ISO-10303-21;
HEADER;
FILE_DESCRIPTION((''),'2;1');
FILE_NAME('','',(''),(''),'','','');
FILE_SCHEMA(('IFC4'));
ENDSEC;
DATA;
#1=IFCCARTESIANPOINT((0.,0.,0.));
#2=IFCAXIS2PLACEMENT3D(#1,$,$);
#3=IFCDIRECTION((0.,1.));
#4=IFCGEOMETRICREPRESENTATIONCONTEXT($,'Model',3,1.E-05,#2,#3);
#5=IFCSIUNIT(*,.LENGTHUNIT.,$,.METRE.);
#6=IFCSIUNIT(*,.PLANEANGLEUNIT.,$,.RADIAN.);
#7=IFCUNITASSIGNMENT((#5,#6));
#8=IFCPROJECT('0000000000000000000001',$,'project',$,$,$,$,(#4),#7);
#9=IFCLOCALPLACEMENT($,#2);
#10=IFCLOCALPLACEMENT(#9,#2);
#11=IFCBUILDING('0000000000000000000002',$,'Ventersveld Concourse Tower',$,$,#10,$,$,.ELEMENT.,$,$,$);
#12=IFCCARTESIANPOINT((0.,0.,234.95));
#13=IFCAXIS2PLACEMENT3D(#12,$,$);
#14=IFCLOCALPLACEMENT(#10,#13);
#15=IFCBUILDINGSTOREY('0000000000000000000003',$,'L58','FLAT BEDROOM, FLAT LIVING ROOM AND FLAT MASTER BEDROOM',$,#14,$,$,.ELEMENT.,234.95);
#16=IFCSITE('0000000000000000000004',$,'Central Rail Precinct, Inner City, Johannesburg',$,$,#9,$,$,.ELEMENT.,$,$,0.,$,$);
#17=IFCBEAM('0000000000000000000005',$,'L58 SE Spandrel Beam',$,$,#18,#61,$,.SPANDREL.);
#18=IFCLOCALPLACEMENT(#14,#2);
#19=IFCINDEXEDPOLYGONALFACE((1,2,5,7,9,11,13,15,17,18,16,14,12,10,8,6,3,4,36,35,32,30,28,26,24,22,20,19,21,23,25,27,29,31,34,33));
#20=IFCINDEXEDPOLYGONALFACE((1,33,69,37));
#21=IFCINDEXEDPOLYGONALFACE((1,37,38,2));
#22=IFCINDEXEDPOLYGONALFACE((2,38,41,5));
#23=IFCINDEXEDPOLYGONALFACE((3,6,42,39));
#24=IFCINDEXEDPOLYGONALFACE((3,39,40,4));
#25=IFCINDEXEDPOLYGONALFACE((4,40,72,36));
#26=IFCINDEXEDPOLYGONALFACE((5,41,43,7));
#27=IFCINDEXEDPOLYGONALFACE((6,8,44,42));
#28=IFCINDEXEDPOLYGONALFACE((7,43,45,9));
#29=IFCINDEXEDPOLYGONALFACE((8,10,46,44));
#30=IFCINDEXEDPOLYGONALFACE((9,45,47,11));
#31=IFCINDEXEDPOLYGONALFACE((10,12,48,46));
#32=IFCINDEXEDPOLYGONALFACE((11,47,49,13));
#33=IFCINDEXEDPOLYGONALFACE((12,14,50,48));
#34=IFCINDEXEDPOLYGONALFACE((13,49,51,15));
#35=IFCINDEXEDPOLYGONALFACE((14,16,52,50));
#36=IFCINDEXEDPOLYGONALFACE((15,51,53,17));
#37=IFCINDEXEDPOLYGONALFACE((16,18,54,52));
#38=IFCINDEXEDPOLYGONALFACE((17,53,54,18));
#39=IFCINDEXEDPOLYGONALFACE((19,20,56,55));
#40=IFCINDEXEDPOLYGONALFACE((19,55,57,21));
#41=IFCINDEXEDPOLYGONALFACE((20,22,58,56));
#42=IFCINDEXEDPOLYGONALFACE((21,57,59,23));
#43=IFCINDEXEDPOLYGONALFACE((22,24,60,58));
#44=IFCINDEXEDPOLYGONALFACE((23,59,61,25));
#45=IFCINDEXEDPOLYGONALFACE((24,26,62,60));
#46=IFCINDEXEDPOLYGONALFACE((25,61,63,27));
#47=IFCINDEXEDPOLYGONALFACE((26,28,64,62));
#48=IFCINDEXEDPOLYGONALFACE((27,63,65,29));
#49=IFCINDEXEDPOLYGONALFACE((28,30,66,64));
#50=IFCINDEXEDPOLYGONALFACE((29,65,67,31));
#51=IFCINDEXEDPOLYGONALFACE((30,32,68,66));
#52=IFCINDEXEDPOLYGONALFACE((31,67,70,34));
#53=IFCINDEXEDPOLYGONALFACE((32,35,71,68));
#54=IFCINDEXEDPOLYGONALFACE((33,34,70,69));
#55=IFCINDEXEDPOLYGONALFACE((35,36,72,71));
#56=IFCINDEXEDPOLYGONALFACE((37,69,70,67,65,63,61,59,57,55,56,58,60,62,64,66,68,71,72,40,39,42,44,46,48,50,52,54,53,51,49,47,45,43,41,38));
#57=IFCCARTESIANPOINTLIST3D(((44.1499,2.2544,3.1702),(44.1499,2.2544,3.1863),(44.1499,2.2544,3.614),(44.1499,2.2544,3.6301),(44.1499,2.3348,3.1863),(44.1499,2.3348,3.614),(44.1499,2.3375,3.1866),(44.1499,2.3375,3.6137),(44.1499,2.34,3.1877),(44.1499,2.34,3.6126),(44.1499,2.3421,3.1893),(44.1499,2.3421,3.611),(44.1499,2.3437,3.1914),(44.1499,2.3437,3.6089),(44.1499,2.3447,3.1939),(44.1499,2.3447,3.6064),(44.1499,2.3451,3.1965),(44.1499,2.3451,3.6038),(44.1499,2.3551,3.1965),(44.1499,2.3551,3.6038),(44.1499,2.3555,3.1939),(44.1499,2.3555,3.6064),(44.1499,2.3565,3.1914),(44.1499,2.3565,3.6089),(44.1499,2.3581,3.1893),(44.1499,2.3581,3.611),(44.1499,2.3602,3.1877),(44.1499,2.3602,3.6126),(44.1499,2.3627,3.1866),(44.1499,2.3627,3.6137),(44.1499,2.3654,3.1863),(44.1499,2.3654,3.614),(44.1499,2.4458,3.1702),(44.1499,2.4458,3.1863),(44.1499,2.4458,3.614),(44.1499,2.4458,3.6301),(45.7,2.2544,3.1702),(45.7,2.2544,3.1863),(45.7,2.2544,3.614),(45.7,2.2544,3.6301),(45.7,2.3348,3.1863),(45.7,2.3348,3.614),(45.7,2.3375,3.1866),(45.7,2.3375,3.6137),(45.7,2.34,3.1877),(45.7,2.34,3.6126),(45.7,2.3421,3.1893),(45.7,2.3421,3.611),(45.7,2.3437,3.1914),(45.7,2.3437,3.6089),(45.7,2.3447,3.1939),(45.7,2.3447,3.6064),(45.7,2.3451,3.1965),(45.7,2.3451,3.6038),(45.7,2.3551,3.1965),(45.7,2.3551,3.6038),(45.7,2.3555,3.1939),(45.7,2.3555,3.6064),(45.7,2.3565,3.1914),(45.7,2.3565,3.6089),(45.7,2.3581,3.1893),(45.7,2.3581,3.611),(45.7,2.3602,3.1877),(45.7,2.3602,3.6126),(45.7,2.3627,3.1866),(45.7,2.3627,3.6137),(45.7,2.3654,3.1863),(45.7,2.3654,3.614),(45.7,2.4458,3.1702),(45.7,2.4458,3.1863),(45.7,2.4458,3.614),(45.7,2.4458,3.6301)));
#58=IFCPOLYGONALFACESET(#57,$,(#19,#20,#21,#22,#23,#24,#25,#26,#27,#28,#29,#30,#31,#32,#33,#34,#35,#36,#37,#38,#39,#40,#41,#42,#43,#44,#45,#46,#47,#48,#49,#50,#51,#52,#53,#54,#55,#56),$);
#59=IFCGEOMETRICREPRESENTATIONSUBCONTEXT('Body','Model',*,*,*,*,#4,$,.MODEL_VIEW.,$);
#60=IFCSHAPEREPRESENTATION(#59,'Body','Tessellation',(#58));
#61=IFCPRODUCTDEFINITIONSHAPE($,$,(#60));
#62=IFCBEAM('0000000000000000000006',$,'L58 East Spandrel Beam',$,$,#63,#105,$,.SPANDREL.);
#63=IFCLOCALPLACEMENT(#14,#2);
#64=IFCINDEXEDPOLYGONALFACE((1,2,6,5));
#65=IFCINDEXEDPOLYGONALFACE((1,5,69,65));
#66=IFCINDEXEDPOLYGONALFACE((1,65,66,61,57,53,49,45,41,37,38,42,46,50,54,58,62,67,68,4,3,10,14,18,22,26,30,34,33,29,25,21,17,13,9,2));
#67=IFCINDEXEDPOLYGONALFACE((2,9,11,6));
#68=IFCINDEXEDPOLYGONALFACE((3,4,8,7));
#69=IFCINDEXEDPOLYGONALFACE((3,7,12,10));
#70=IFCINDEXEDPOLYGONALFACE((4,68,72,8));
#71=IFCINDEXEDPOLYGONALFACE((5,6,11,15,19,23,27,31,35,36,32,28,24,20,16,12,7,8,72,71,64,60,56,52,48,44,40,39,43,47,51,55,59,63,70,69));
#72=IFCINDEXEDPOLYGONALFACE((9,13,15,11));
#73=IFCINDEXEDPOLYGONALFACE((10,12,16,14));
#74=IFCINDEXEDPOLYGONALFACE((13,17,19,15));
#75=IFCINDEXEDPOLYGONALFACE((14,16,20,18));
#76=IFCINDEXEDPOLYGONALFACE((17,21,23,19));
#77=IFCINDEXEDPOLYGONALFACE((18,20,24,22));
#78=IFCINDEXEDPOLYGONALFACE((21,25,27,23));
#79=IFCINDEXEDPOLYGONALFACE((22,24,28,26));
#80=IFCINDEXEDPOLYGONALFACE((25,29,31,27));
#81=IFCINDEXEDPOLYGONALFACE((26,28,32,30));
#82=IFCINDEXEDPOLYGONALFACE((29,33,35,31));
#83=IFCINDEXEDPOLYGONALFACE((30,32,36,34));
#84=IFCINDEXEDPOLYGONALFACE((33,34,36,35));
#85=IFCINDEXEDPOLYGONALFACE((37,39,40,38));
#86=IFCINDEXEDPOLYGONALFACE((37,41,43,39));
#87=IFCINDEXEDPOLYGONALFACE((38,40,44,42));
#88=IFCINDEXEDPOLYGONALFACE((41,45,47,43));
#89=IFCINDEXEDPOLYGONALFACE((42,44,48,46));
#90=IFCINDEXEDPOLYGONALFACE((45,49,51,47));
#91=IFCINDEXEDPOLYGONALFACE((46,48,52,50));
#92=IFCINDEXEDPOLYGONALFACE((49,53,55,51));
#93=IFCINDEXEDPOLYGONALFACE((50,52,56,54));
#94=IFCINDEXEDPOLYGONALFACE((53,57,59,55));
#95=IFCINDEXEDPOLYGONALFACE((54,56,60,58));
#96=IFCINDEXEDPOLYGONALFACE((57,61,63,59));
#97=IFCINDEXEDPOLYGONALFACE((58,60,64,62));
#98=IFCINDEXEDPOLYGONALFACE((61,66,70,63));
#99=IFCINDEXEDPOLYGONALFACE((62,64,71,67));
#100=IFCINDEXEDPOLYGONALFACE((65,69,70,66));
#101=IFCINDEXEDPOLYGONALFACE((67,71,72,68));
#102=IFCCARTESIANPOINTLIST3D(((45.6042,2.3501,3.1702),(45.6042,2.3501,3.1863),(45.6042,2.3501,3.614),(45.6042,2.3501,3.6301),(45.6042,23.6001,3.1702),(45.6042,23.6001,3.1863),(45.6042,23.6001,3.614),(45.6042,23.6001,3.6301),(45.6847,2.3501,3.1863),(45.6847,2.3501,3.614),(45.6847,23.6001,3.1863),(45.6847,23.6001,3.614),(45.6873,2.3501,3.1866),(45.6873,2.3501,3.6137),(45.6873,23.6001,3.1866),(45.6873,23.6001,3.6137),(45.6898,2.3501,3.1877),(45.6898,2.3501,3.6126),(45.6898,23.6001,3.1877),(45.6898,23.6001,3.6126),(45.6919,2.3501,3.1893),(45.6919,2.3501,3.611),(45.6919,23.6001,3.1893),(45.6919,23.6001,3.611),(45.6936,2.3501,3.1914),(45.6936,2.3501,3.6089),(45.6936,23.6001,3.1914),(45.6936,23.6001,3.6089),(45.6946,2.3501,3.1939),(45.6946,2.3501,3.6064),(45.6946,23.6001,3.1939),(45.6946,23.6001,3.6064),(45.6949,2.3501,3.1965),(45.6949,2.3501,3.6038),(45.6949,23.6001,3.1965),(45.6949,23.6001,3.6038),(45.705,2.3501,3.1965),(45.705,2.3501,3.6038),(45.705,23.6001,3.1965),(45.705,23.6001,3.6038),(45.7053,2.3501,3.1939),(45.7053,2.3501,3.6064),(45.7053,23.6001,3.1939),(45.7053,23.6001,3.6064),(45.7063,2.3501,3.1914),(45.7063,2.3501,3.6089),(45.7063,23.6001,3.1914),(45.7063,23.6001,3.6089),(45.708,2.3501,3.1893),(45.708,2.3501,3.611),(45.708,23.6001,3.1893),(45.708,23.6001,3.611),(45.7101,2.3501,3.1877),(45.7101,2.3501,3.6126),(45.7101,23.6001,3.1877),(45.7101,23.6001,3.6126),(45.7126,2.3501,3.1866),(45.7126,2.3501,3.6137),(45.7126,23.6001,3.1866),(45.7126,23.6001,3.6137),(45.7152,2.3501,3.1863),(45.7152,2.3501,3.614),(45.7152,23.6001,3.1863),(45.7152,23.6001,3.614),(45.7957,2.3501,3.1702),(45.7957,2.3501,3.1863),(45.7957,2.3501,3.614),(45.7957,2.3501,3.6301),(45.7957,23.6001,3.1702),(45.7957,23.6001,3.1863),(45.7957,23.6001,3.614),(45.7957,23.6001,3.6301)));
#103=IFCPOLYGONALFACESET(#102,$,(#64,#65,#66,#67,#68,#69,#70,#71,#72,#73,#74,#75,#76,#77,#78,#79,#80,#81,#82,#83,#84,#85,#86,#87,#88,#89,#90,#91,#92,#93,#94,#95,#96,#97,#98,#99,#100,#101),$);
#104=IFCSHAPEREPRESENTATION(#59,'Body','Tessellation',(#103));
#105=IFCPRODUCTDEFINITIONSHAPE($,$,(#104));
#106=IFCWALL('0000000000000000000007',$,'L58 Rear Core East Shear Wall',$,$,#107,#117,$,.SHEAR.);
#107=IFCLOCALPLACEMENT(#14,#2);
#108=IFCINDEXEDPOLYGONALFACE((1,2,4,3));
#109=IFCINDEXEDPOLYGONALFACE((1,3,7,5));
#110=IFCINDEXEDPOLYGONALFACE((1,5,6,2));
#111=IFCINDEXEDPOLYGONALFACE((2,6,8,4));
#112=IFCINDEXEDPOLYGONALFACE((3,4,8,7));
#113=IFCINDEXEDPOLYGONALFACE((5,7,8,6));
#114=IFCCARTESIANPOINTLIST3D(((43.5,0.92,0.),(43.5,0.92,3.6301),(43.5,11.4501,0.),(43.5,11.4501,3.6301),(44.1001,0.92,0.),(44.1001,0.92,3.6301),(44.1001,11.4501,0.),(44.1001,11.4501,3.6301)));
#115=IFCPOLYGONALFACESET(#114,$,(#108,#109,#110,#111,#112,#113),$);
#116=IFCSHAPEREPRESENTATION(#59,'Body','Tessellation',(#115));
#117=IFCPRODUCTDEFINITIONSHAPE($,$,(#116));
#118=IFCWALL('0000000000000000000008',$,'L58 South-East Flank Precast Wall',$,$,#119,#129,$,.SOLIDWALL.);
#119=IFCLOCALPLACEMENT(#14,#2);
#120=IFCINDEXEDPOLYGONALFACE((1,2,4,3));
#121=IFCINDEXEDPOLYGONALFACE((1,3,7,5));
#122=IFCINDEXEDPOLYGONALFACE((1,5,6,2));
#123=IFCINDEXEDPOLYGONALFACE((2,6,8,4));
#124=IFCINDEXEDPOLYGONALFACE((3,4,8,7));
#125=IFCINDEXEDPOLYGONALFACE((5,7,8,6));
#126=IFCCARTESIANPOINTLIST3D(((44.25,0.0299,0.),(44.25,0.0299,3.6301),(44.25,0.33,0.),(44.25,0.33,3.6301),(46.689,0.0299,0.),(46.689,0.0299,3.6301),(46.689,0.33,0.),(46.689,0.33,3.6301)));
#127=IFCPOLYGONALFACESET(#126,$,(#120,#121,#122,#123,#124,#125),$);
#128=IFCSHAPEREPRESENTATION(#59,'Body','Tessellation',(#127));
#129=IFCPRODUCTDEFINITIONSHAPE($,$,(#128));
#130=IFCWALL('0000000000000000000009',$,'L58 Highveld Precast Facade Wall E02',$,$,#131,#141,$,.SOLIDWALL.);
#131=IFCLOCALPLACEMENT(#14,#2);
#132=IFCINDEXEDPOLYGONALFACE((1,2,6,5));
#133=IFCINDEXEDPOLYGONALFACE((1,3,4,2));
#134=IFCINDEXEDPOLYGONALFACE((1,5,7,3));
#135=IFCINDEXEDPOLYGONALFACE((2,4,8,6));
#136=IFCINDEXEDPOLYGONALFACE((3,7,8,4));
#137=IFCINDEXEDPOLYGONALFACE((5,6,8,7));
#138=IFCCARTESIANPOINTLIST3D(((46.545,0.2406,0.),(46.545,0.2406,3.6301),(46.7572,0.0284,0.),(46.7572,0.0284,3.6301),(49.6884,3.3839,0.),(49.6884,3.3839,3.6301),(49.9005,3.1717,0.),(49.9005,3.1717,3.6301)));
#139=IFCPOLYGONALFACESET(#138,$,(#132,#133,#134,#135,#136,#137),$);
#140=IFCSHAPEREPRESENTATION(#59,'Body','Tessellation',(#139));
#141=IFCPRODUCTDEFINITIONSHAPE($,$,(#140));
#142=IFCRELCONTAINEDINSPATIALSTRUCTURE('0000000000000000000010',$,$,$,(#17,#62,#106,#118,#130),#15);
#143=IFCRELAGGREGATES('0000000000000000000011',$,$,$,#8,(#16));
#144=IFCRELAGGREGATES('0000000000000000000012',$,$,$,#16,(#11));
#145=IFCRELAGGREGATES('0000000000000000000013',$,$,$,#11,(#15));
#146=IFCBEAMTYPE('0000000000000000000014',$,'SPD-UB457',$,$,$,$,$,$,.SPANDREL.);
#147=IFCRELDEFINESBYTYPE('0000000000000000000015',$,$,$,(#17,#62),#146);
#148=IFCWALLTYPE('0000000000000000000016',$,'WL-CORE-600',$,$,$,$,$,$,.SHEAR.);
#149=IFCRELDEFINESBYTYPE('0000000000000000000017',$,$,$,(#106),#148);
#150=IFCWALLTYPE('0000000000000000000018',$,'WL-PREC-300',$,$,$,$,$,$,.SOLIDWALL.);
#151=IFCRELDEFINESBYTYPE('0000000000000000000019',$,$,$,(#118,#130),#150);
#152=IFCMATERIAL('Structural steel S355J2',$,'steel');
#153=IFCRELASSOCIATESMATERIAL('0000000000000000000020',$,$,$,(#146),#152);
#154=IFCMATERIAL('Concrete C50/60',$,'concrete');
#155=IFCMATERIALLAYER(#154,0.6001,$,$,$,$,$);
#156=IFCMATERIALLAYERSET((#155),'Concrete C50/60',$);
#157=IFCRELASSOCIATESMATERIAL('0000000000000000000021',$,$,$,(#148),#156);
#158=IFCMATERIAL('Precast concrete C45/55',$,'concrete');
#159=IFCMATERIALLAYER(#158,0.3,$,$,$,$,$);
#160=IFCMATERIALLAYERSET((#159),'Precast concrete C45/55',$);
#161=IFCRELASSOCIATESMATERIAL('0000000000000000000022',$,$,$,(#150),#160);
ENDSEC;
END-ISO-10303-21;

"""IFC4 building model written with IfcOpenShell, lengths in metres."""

from ifc_helpers import new_model, si_unit, direction, frame, frame_2d, origin, origin_2d, place, context, subcontext, project, spatial, rectangle, i_section, extrude, material, layer, layer_set, material_profile, profile_set, type_object, element, save


model = new_model("IFC4")

# Units and contexts
model_context = context("Model", 3, precision=1e-05, world=origin(), true_north=direction((0.0, 1.0)))
body_context = subcontext(model_context, "Body", "Model", "MODEL_VIEW")
ifc_project = project(units=[si_unit("LENGTHUNIT", "METRE"), si_unit("PLANEANGLEUNIT", "RADIAN")], contexts=[model_context])

# Site, building, storey
site_placement = place(None, origin())
site = spatial("IfcSite", under=ifc_project, at=site_placement, Name="Central Rail Precinct, Inner City, Johannesburg", CompositionType="ELEMENT", RefElevation=0.0)
building_placement = place(site_placement, origin())
building = spatial("IfcBuilding", under=site, at=building_placement, Name="Ventersveld Concourse Tower", CompositionType="ELEMENT")
storey_placement = place(building_placement, frame((0.0, 0.0, 234.95)))
storey = spatial("IfcBuildingStorey", under=building, at=storey_placement, Name="L58", Description="FLAT BEDROOM, FLAT LIVING ROOM AND FLAT MASTER BEDROOM", CompositionType="ELEMENT", Elevation=234.95)

# Shared definitions
ifc_material_1 = material(Name="Concrete C50/60", Category="concrete")

# Shared definitions
ifc_material_2 = material(Name="Structural steel S355J2", Category="steel")

# Beams
ifc_material_profile_1 = material_profile(ifc_material_2, i_section(OverallWidth=0.1914, OverallDepth=0.46, WebThickness=0.01, FlangeThickness=0.0161, FilletRadius=0.0103, at=origin_2d()), Name="UB 457x191x82")
ifc_profile_set_1 = profile_set([ifc_material_profile_1], Name="Structural steel S355J2")
beam_type_1 = type_object("IfcBeamType", Name="SPD-UB457", PredefinedType="SPANDREL", material=ifc_profile_set_1)
beam_1_placement = place(storey_placement, frame((44.1499, 2.3501, 3.4001), z_axis=(1.0, 0.0, 0.0), x_axis=(0.0, 1.0, 0.0)))
element("IfcBeam", 1, at=beam_1_placement, inside=storey, type_object=beam_type_1, Name="L58 SE Spandrel Beam", PredefinedType="SPANDREL", context=body_context, shape_type="SweptSolid", body=[
    extrude(i_section(OverallWidth=0.1914, OverallDepth=0.46, WebThickness=0.01, FlangeThickness=0.0161, FilletRadius=0.0103, at=origin_2d()), origin(), (0.0, 0.0, 1.0), 1.55),
])
beam_2_placement = place(storey_placement, frame((45.7, 2.3501, 3.4001), z_axis=(0.0, 1.0, 0.0), x_axis=(-1.0, 0.0, 0.0)))
element("IfcBeam", 2, at=beam_2_placement, inside=storey, type_object=beam_type_1, Name="L58 East Spandrel Beam", PredefinedType="SPANDREL", context=body_context, shape_type="SweptSolid", body=[
    extrude(i_section(OverallWidth=0.1914, OverallDepth=0.46, WebThickness=0.01, FlangeThickness=0.0161, FilletRadius=0.0103, at=origin_2d()), origin(), (0.0, 0.0, 1.0), 21.25),
])

# Walls
ifc_layer_1 = layer(ifc_material_1, 0.6001)
ifc_layer_set_1 = layer_set([ifc_layer_1], Name="Concrete C50/60")
wall_type_1 = type_object("IfcWallType", Name="WL-CORE-600", PredefinedType="SHEAR", material=ifc_layer_set_1)
wall_1_placement = place(storey_placement, frame((43.8, 0.9199, 0.0), z_axis=(0.0, 0.0, 1.0), x_axis=(0.0, 1.0, 0.0)))
element("IfcWall", 3, at=wall_1_placement, inside=storey, type_object=wall_type_1, Name="L58 Rear Core East Shear Wall", PredefinedType="SHEAR", context=body_context, shape_type="SweptSolid", body=[
    extrude(rectangle(XDim=10.53, YDim=0.6001, at=frame_2d((5.2651, 0.0))), origin(), (0.0, 0.0, 1.0), 3.6301),
])
ifc_material_3 = material(Name="Precast concrete C45/55", Category="concrete")
ifc_layer_2 = layer(ifc_material_3, 0.3)
ifc_layer_set_2 = layer_set([ifc_layer_2], Name="Precast concrete C45/55")
wall_type_2 = type_object("IfcWallType", Name="WL-PREC-300", PredefinedType="SOLIDWALL", material=ifc_layer_set_2)
wall_2_placement = place(storey_placement, frame((44.25, 0.1799, 0.0), z_axis=(0.0, 0.0, 1.0), x_axis=(1.0, 0.0, 0.0)))
element("IfcWall", 4, at=wall_2_placement, inside=storey, type_object=wall_type_2, Name="L58 South-East Flank Precast Wall", PredefinedType="SOLIDWALL", context=body_context, shape_type="SweptSolid", body=[
    extrude(rectangle(XDim=2.439, YDim=0.3, at=frame_2d((1.2195, 0.0))), origin(), (0.0, 0.0, 1.0), 3.6301),
])
wall_3_placement = place(storey_placement, frame((46.6511, 0.1345, 0.0), z_axis=(0.0, 0.0, 1.0), x_axis=(0.707107, 0.707107, 0.0)))
element("IfcWall", 5, at=wall_3_placement, inside=storey, type_object=wall_type_2, Name="L58 Highveld Precast Facade Wall E02", PredefinedType="SOLIDWALL", context=body_context, shape_type="SweptSolid", body=[
    extrude(rectangle(XDim=4.4453, YDim=0.3, at=frame_2d((2.2227, 0.0))), origin(), (0.0, 0.0, 1.0), 3.6301),
])

save(model, "model.ifc")
